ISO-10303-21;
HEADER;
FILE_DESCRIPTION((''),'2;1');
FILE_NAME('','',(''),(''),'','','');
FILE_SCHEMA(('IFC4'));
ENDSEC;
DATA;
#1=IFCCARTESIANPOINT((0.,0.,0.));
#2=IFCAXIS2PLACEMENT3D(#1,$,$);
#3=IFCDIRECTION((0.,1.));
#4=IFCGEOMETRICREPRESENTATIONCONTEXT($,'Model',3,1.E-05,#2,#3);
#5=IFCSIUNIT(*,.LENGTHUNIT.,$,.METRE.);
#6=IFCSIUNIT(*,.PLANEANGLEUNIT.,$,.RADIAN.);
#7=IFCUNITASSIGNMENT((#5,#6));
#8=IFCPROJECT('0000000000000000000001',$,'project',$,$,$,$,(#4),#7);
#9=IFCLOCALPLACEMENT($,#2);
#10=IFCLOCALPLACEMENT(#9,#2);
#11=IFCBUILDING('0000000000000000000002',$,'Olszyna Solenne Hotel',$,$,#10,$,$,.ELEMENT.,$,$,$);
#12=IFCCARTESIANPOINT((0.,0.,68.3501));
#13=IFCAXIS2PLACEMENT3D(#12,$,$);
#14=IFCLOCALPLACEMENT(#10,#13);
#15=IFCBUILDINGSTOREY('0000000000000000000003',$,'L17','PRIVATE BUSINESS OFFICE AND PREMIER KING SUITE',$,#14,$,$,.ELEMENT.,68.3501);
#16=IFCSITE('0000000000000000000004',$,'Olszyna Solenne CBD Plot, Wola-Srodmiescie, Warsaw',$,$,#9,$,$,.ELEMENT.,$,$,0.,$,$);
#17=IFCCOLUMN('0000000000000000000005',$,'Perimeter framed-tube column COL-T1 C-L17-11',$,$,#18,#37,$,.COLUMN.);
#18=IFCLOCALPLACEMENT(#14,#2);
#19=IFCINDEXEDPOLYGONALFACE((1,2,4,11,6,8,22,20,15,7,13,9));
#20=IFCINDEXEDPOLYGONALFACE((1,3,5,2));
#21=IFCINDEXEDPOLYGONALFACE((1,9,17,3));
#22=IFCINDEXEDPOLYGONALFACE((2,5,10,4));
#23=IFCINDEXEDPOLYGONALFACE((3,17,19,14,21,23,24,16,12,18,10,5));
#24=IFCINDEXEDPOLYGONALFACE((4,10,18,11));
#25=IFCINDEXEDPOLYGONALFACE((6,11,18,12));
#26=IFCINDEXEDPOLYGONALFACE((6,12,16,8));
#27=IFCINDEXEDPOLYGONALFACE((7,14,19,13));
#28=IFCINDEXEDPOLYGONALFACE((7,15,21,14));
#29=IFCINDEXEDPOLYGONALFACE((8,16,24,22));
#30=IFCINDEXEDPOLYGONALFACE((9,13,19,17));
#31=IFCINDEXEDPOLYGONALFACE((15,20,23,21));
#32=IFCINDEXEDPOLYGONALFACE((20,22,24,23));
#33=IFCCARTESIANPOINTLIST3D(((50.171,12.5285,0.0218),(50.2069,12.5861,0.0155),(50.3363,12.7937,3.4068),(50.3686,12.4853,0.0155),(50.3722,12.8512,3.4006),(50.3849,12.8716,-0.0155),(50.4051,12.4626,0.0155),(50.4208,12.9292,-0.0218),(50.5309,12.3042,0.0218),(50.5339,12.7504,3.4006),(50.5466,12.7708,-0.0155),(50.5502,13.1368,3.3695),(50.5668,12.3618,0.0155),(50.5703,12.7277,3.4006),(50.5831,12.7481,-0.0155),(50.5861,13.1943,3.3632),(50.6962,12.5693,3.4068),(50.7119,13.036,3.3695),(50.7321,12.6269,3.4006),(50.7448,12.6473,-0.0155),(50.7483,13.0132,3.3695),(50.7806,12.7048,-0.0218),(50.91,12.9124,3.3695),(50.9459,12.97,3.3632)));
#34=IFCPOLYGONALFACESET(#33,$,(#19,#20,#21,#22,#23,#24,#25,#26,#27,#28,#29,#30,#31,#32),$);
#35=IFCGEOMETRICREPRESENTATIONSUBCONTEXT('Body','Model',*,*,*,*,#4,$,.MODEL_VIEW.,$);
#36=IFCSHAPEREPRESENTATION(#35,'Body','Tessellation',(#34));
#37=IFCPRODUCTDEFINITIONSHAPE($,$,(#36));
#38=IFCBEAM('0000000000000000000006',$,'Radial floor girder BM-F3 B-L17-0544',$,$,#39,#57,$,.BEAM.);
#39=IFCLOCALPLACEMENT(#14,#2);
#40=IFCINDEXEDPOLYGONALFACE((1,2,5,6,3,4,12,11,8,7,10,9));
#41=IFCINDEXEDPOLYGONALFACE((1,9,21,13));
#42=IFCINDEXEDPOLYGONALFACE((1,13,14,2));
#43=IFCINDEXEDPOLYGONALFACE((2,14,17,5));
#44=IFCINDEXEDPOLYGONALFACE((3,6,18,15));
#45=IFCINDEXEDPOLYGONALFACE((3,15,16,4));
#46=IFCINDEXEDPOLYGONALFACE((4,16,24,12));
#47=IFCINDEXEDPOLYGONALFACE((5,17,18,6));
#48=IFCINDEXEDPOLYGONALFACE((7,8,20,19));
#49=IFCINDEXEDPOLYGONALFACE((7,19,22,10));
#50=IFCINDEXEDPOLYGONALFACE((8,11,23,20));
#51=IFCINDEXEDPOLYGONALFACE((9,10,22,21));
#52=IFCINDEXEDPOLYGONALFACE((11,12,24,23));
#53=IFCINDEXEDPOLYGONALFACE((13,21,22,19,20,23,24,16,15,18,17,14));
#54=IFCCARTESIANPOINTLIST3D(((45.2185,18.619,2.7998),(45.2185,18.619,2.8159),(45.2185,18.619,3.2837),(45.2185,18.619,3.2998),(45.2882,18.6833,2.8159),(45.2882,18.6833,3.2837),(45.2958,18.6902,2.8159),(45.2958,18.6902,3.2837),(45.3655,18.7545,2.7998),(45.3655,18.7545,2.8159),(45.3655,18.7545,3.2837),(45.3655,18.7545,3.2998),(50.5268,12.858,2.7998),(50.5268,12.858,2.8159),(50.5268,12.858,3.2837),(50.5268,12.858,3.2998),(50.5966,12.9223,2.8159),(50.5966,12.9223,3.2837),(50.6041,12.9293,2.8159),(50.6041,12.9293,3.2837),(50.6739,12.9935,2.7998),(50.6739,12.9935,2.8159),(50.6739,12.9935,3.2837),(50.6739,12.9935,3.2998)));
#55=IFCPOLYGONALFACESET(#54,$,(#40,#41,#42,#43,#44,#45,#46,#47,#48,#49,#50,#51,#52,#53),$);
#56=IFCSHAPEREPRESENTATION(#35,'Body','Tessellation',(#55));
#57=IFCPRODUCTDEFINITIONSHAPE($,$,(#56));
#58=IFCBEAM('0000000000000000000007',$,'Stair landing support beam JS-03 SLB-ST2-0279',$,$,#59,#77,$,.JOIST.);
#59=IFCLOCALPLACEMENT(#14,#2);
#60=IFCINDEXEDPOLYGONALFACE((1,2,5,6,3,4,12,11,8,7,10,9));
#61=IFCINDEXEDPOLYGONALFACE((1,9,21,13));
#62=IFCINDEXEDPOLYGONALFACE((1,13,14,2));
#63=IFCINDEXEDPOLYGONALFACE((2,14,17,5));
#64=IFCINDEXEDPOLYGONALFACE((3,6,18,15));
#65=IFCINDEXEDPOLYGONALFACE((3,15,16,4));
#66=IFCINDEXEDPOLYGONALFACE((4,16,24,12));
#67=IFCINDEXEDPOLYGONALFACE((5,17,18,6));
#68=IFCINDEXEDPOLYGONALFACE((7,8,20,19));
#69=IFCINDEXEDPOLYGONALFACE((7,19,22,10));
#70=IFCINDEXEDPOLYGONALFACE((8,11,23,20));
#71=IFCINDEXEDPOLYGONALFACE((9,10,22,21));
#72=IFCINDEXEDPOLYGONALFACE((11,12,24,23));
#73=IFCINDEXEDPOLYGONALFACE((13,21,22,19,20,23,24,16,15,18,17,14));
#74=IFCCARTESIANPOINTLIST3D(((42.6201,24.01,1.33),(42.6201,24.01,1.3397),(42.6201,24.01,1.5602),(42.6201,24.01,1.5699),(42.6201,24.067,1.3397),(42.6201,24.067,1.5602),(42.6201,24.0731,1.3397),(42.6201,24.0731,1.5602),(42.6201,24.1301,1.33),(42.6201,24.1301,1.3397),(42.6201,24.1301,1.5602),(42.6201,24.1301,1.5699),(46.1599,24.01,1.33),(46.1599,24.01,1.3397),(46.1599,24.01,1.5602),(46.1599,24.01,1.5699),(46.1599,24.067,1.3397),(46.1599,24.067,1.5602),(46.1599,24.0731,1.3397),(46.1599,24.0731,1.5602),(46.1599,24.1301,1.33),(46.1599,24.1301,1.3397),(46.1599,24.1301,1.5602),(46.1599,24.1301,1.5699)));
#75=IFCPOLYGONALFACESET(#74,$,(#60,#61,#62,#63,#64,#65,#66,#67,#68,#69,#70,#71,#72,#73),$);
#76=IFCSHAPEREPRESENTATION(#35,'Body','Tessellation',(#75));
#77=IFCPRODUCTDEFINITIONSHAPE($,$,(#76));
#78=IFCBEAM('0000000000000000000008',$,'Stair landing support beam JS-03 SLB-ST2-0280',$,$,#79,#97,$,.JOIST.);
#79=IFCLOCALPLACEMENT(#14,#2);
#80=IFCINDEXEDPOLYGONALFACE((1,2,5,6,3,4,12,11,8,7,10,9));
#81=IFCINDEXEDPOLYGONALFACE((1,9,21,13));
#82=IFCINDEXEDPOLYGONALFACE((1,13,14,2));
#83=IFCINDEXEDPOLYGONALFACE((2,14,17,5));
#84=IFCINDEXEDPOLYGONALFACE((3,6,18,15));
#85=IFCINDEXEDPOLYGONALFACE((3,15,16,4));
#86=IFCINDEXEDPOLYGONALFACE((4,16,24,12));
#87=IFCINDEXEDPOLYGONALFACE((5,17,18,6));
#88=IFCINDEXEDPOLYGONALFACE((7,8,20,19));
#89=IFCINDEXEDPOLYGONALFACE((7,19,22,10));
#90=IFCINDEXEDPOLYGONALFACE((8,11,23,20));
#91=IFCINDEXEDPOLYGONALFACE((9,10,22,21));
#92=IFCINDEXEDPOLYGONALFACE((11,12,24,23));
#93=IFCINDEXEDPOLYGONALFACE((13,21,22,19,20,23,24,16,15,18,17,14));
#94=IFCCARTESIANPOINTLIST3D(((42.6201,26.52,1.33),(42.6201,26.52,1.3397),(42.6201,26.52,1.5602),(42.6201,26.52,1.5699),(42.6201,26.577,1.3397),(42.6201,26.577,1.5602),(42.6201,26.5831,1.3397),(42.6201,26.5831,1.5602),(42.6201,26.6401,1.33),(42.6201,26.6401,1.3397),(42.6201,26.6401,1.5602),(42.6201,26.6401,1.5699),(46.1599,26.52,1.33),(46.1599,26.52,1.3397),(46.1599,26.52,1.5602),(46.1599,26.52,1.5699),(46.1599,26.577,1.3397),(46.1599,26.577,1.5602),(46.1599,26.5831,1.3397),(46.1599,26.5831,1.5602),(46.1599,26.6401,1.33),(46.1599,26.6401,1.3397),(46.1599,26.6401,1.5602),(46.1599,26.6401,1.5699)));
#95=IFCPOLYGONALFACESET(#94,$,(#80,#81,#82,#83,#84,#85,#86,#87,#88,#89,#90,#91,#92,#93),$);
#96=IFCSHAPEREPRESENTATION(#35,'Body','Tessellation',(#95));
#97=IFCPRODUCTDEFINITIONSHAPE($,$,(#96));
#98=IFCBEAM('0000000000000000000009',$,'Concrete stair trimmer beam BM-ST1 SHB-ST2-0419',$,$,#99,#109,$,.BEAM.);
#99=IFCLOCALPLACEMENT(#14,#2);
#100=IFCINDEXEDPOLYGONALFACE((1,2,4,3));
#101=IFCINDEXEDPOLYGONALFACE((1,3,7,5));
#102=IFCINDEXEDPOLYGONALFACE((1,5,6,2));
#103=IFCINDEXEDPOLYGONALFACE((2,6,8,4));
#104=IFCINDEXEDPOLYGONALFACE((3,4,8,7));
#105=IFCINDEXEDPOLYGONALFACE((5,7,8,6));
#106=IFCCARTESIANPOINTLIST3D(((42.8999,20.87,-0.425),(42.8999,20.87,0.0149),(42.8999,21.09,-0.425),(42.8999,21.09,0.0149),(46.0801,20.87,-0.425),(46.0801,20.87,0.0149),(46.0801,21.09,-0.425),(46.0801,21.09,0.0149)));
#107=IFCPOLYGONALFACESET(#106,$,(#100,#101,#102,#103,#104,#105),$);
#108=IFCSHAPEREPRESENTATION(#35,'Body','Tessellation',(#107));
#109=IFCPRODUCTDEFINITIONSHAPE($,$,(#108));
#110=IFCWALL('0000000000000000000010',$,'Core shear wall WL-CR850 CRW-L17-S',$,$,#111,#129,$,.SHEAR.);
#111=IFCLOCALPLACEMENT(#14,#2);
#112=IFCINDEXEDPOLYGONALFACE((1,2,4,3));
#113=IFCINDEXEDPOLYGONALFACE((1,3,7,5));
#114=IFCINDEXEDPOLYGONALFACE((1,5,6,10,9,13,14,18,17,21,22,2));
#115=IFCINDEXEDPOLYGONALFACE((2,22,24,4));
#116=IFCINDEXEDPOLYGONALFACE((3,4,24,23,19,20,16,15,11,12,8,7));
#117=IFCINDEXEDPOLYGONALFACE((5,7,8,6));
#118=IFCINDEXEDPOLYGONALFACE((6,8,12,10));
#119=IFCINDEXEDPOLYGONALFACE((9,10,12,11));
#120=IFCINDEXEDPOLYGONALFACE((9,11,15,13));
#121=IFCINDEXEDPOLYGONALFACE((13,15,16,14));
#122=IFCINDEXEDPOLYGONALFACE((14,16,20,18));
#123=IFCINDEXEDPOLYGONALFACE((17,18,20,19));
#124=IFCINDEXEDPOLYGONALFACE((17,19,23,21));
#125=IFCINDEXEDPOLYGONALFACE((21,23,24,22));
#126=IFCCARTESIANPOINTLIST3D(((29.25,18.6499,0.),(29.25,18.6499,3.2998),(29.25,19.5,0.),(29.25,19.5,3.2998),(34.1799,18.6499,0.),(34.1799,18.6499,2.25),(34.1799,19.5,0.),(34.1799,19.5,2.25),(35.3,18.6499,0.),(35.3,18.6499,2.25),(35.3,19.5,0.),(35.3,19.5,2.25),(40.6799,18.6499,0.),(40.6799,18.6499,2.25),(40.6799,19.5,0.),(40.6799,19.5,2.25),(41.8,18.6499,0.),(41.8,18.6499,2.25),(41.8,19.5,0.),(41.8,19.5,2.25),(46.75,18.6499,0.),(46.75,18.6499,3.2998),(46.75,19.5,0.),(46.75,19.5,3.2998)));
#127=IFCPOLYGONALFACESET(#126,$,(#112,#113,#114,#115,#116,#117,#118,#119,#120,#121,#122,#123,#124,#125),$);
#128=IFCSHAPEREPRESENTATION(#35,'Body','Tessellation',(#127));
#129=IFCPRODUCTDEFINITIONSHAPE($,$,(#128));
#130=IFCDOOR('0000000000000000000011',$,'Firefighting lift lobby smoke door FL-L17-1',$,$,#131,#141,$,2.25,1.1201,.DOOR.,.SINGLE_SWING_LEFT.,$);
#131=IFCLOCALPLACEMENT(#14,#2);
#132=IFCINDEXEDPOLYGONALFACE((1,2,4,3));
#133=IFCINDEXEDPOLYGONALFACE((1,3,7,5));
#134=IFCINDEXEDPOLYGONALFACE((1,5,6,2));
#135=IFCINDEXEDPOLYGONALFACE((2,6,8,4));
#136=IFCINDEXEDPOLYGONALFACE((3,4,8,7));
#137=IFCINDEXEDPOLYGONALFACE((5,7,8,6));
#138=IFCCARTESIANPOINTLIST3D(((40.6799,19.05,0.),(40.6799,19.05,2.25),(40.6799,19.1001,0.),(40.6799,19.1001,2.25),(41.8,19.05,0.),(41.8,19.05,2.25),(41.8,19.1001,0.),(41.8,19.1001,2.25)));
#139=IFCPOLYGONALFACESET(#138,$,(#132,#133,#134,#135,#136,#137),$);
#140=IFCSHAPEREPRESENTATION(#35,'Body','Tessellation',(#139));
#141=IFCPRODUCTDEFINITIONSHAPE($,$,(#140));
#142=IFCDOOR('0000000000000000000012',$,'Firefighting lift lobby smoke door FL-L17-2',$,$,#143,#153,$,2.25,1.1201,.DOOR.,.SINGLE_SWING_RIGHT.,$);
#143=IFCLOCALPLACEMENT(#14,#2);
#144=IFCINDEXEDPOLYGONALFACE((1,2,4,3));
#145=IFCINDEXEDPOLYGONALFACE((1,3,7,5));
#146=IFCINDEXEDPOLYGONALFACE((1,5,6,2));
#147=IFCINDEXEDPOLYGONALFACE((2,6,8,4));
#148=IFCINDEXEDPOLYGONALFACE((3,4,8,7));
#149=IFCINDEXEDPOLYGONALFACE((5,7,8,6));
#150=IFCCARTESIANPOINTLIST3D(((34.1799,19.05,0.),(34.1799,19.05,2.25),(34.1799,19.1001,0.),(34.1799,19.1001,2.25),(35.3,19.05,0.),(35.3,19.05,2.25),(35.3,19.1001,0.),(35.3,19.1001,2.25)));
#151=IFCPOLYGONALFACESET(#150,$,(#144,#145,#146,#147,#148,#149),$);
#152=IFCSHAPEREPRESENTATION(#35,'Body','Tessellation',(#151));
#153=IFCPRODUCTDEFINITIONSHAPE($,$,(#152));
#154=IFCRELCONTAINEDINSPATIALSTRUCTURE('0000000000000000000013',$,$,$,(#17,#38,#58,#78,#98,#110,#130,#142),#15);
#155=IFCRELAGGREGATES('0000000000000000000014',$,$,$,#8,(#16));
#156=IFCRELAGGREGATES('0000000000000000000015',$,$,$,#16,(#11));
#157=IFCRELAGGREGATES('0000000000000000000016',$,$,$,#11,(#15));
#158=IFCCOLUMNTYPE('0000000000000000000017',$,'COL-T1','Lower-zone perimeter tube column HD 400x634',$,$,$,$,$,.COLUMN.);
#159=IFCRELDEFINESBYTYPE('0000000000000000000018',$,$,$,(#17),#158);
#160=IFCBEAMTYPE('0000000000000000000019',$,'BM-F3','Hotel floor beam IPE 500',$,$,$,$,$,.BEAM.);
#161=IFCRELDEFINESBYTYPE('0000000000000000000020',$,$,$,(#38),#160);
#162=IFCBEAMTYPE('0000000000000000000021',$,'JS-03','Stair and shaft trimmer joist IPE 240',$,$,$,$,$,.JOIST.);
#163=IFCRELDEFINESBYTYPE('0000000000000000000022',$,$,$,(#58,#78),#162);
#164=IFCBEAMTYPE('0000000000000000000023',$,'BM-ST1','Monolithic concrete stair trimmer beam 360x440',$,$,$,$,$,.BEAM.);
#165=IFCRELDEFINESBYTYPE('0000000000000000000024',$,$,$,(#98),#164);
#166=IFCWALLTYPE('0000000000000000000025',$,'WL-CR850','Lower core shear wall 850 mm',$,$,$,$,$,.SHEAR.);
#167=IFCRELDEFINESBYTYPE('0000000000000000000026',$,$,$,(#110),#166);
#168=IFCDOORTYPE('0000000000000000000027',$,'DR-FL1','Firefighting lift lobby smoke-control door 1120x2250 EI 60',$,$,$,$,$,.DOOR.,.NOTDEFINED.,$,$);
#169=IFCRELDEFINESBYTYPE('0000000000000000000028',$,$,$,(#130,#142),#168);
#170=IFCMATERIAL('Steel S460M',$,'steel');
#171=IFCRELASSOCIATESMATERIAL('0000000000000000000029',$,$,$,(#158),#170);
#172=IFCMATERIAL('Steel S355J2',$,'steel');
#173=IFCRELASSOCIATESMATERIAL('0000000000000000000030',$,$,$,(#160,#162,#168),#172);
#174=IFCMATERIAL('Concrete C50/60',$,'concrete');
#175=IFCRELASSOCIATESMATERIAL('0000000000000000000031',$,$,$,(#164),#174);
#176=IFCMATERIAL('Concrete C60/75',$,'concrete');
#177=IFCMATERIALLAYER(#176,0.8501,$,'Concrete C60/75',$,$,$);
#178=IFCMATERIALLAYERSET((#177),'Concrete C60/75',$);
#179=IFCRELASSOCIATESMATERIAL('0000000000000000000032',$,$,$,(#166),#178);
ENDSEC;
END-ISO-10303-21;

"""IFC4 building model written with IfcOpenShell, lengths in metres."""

from ifc_helpers import new_model, si_unit, direction, frame, frame_2d, origin, origin_2d, place, context, subcontext, project, spatial, rectangle, i_section, extrude, source, transform, mapped, material, layer, layer_set, material_profile, profile_set, type_object, type_shapes, element, fill, save


model = new_model("IFC4")

# Units and contexts
model_context = context("Model", 3, precision=1e-05, world=origin(), true_north=direction((0.0, 1.0)))
body_context = subcontext(model_context, "Body", "Model", "MODEL_VIEW")
ifc_project = project(units=[si_unit("LENGTHUNIT", "METRE"), si_unit("PLANEANGLEUNIT", "RADIAN")], contexts=[model_context])

# Site, building, storey
site_placement = place(None, origin())
site = spatial("IfcSite", under=ifc_project, at=site_placement, Name="Olszyna Solenne CBD Plot, Wola-Srodmiescie, Warsaw", CompositionType="ELEMENT", RefElevation=0.0)
building_placement = place(site_placement, origin())
building = spatial("IfcBuilding", under=site, at=building_placement, Name="Olszyna Solenne Hotel", CompositionType="ELEMENT")
storey_placement = place(building_placement, frame((0.0, 0.0, 68.3501)))
storey = spatial("IfcBuildingStorey", under=building, at=storey_placement, Name="L17", Description="PRIVATE BUSINESS OFFICE AND PREMIER KING SUITE", CompositionType="ELEMENT", Elevation=68.3501)

# Column
ifc_material_1 = material(Name="Steel S460M", Category="steel")
ifc_material_profile_1 = material_profile(ifc_material_1, i_section(OverallWidth=0.4241, OverallDepth=0.4741, WebThickness=0.043, FlangeThickness=0.0681, at=origin_2d()), Name="HD 400x634", Category="load-bearing")
ifc_profile_set_1 = profile_set([ifc_material_profile_1], Name="Steel S460M")
column_type = type_object("IfcColumnType", Name="COL-T1", Description="Lower-zone perimeter tube column HD 400x634", PredefinedType="COLUMN", material=ifc_profile_set_1)
shared_shape_1 = source(origin(), body_context, "Body", "SweptSolid", [
    extrude(i_section(OverallWidth=0.4241, OverallDepth=0.4741, WebThickness=0.043, FlangeThickness=0.0681, at=origin_2d()), origin(), (0.0, 0.0, 1.0), 3.3994),
])
column_placement = place(storey_placement, frame((50.4758, 12.6167, 0.0), z_axis=(0.048621, 0.077995, 0.995767), x_axis=(-0.848612, 0.529015, 0.0)))
element("IfcColumn", 1, at=column_placement, inside=storey, type_object=column_type, Name="Perimeter framed-tube column COL-T1 C-L17-11", PredefinedType="COLUMN", context=body_context, shape_type="MappedRepresentation", body=[
    mapped(shared_shape_1, transform((0.0, 0.0, 0.0), x_axis=(1.0, 0.0, 0.0), y_axis=(0.0, 1.0, 0.0), z_axis=(0.0, 0.0, 1.0), scale=1.0)),
])

# Beams
ifc_material_2 = material(Name="Steel S355J2", Category="steel")
ifc_material_profile_2 = material_profile(ifc_material_2, i_section(OverallWidth=0.2, OverallDepth=0.5, WebThickness=0.0103, FlangeThickness=0.0161, at=origin_2d()), Name="IPE 500", Category="load-bearing")
ifc_profile_set_2 = profile_set([ifc_material_profile_2], Name="Steel S355J2")
beam_type_1 = type_object("IfcBeamType", Name="BM-F3", Description="Hotel floor beam IPE 500", PredefinedType="BEAM", material=ifc_profile_set_2)
shared_shape_2 = source(origin(), body_context, "Body", "SweptSolid", [
    extrude(i_section(OverallWidth=0.2, OverallDepth=0.5, WebThickness=0.0103, FlangeThickness=0.0161, at=origin_2d()), origin(), (0.0, 0.0, 1.0), 7.8337),
])
beam_1_placement = place(storey_placement, frame((50.6003, 12.9258, 3.0498), z_axis=(-0.677626, 0.735407, 0.0), x_axis=(-0.735407, -0.677626, 0.0)))
element("IfcBeam", 2, at=beam_1_placement, inside=storey, type_object=beam_type_1, Name="Radial floor girder BM-F3 B-L17-0544", PredefinedType="BEAM", context=body_context, shape_type="MappedRepresentation", body=[
    mapped(shared_shape_2, transform((0.0, 0.0, 0.0), x_axis=(1.0, 0.0, 0.0), y_axis=(0.0, 1.0, 0.0), z_axis=(0.0, 0.0, 1.0), scale=1.0)),
])
ifc_material_profile_3 = material_profile(ifc_material_2, i_section(OverallWidth=0.1201, OverallDepth=0.24, WebThickness=0.0061, FlangeThickness=0.0098, at=origin_2d()), Name="IPE 240", Category="load-bearing")
ifc_profile_set_3 = profile_set([ifc_material_profile_3], Name="Steel S355J2")
beam_type_2 = type_object("IfcBeamType", Name="JS-03", Description="Stair and shaft trimmer joist IPE 240", PredefinedType="JOIST", material=ifc_profile_set_3)
shared_shape_3 = source(origin(), body_context, "Body", "SweptSolid", [
    extrude(i_section(OverallWidth=0.1201, OverallDepth=0.24, WebThickness=0.0061, FlangeThickness=0.0098, at=origin_2d()), origin(), (0.0, 0.0, 1.0), 3.5398),
])
for number, where, z_axis, x_axis, name in (
    (3, (46.1599, 24.0701, 1.45), (-1.0, 0.0, 0.0), (0.0, -1.0, 0.0), "Stair landing support beam JS-03 SLB-ST2-0279"),
    (4, (46.1599, 26.5801, 1.45), (-1.0, 0.0, 0.0), (0.0, -1.0, 0.0), "Stair landing support beam JS-03 SLB-ST2-0280"),
):
    element("IfcBeam", number, at=place(storey_placement, frame(where, z_axis=z_axis, x_axis=x_axis)), inside=storey, type_object=beam_type_2, Name=name, PredefinedType="JOIST", context=body_context, shape_type="MappedRepresentation", body=[
        mapped(shared_shape_3, transform((0.0, 0.0, 0.0), x_axis=(1.0, 0.0, 0.0), y_axis=(0.0, 1.0, 0.0), z_axis=(0.0, 0.0, 1.0), scale=1.0)),
    ])
ifc_material_3 = material(Name="Concrete C50/60", Category="concrete")
ifc_material_profile_4 = material_profile(ifc_material_3, rectangle(XDim=0.22, YDim=0.4399, at=origin_2d()), Name="RC 220x440", Category="load-bearing")
ifc_profile_set_4 = profile_set([ifc_material_profile_4], Name="Concrete C50/60")
beam_type_3 = type_object("IfcBeamType", Name="BM-ST1", Description="Monolithic concrete stair trimmer beam 360x440", PredefinedType="BEAM", material=ifc_profile_set_4)
shared_shape_4 = source(origin(), body_context, "Body", "SweptSolid", [
    extrude(rectangle(XDim=0.22, YDim=0.4399, at=origin_2d()), origin(), (0.0, 0.0, 1.0), 3.1802),
])
beam_2_placement = place(storey_placement, frame((46.0801, 20.98, -0.2051), z_axis=(-1.0, 0.0, 0.0), x_axis=(0.0, -1.0, 0.0)))
element("IfcBeam", 5, at=beam_2_placement, inside=storey, type_object=beam_type_3, Name="Concrete stair trimmer beam BM-ST1 SHB-ST2-0419", PredefinedType="BEAM", context=body_context, shape_type="MappedRepresentation", body=[
    mapped(shared_shape_4, transform((0.0, 0.0, 0.0), x_axis=(1.0, 0.0, 0.0), y_axis=(0.0, 1.0, 0.0), z_axis=(0.0, 0.0, 1.0), scale=1.0)),
])

# Wall, openings, doors
ifc_material_4 = material(Name="Concrete C60/75", Category="concrete")
ifc_layer_1 = layer(ifc_material_4, 0.8501, Name="Concrete C60/75")
ifc_layer_set_1 = layer_set([ifc_layer_1], Name="Concrete C60/75")
wall_type_1 = type_object("IfcWallType", Name="WL-CR850", Description="Lower core shear wall 850 mm", PredefinedType="SHEAR", material=ifc_layer_set_1)
wall_1_placement = place(storey_placement, frame((46.75, 19.075, 0.0), z_axis=(0.0, 0.0, 1.0), x_axis=(-1.0, 0.0, 0.0)))
wall_1 = element("IfcWall", 6, at=wall_1_placement, inside=storey, type_object=wall_type_1, Name="Core shear wall WL-CR850 CRW-L17-S", PredefinedType="SHEAR", context=body_context, shape_type="SweptSolid", body=[
    extrude(rectangle(XDim=17.5, YDim=0.8501, at=frame_2d((8.75, 0.0))), origin(), (0.0, 0.0, 1.0), 3.2998),
])
opening_1_placement = place(wall_1_placement, frame((4.95, 0.0, 0.0)))
opening_1 = element("IfcOpeningElement", 7, at=opening_1_placement, cuts=wall_1, PredefinedType="OPENING", context=body_context, shape_type="SweptSolid", body=[
    extrude(rectangle(XDim=1.1201, YDim=2.25, at=frame_2d((0.5601, 1.125))), frame((0.0, 0.4351, 0.0), z_axis=(0.0, -1.0, 0.0), x_axis=(1.0, 0.0, 0.0)), (0.0, 0.0, 1.0), 0.8701),
])
opening_2_placement = place(wall_1_placement, frame((11.45, 0.0, 0.0)))
opening_2 = element("IfcOpeningElement", 8, at=opening_2_placement, cuts=wall_1, PredefinedType="OPENING", context=body_context, shape_type="SweptSolid", body=[
    extrude(rectangle(XDim=1.1201, YDim=2.25, at=frame_2d((0.5601, 1.125))), frame((0.0, 0.4351, 0.0), z_axis=(0.0, -1.0, 0.0), x_axis=(1.0, 0.0, 0.0)), (0.0, 0.0, 1.0), 0.8701),
])
door_type_1 = type_object("IfcDoorType", Name="DR-FL1", Description="Firefighting lift lobby smoke-control door 1120x2250 EI 60", OperationType="NOTDEFINED", PredefinedType="DOOR", material=ifc_material_2)
shared_shape_5 = source(origin(), body_context, "Body", "SweptSolid", [
    extrude(rectangle(XDim=1.1201, YDim=2.25, at=frame_2d((0.5601, 1.125))), frame((0.0, 0.0249, 0.0), z_axis=(0.0, -1.0, 0.0), x_axis=(1.0, 0.0, 0.0)), (0.0, 0.0, 1.0), 0.05),
])
type_shapes(door_type_1, [shared_shape_5])
door_1_placement = place(opening_1_placement, origin())
door_1 = element("IfcDoor", 9, at=door_1_placement, inside=storey, type_object=door_type_1, Name="Firefighting lift lobby smoke door FL-L17-1", OperationType="SINGLE_SWING_LEFT", OverallHeight=2.25, OverallWidth=1.1201, PredefinedType="DOOR", context=body_context, shape_type="MappedRepresentation", body=[
    mapped(shared_shape_5, transform((0.0, 0.0, 0.0), x_axis=(1.0, 0.0, 0.0), y_axis=(0.0, 1.0, 0.0), z_axis=(0.0, 0.0, 1.0), scale=1.0)),
])
fill(opening_1, door_1)
door_2_placement = place(opening_2_placement, origin())
door_2 = element("IfcDoor", 10, at=door_2_placement, inside=storey, type_object=door_type_1, Name="Firefighting lift lobby smoke door FL-L17-2", OperationType="SINGLE_SWING_RIGHT", OverallHeight=2.25, OverallWidth=1.1201, PredefinedType="DOOR", context=body_context, shape_type="MappedRepresentation", body=[
    mapped(shared_shape_5, transform((0.0, 0.0, 0.0), x_axis=(1.0, 0.0, 0.0), y_axis=(0.0, 1.0, 0.0), z_axis=(0.0, 0.0, 1.0), scale=1.0)),
])
fill(opening_2, door_2)

save(model, "model.ifc")
